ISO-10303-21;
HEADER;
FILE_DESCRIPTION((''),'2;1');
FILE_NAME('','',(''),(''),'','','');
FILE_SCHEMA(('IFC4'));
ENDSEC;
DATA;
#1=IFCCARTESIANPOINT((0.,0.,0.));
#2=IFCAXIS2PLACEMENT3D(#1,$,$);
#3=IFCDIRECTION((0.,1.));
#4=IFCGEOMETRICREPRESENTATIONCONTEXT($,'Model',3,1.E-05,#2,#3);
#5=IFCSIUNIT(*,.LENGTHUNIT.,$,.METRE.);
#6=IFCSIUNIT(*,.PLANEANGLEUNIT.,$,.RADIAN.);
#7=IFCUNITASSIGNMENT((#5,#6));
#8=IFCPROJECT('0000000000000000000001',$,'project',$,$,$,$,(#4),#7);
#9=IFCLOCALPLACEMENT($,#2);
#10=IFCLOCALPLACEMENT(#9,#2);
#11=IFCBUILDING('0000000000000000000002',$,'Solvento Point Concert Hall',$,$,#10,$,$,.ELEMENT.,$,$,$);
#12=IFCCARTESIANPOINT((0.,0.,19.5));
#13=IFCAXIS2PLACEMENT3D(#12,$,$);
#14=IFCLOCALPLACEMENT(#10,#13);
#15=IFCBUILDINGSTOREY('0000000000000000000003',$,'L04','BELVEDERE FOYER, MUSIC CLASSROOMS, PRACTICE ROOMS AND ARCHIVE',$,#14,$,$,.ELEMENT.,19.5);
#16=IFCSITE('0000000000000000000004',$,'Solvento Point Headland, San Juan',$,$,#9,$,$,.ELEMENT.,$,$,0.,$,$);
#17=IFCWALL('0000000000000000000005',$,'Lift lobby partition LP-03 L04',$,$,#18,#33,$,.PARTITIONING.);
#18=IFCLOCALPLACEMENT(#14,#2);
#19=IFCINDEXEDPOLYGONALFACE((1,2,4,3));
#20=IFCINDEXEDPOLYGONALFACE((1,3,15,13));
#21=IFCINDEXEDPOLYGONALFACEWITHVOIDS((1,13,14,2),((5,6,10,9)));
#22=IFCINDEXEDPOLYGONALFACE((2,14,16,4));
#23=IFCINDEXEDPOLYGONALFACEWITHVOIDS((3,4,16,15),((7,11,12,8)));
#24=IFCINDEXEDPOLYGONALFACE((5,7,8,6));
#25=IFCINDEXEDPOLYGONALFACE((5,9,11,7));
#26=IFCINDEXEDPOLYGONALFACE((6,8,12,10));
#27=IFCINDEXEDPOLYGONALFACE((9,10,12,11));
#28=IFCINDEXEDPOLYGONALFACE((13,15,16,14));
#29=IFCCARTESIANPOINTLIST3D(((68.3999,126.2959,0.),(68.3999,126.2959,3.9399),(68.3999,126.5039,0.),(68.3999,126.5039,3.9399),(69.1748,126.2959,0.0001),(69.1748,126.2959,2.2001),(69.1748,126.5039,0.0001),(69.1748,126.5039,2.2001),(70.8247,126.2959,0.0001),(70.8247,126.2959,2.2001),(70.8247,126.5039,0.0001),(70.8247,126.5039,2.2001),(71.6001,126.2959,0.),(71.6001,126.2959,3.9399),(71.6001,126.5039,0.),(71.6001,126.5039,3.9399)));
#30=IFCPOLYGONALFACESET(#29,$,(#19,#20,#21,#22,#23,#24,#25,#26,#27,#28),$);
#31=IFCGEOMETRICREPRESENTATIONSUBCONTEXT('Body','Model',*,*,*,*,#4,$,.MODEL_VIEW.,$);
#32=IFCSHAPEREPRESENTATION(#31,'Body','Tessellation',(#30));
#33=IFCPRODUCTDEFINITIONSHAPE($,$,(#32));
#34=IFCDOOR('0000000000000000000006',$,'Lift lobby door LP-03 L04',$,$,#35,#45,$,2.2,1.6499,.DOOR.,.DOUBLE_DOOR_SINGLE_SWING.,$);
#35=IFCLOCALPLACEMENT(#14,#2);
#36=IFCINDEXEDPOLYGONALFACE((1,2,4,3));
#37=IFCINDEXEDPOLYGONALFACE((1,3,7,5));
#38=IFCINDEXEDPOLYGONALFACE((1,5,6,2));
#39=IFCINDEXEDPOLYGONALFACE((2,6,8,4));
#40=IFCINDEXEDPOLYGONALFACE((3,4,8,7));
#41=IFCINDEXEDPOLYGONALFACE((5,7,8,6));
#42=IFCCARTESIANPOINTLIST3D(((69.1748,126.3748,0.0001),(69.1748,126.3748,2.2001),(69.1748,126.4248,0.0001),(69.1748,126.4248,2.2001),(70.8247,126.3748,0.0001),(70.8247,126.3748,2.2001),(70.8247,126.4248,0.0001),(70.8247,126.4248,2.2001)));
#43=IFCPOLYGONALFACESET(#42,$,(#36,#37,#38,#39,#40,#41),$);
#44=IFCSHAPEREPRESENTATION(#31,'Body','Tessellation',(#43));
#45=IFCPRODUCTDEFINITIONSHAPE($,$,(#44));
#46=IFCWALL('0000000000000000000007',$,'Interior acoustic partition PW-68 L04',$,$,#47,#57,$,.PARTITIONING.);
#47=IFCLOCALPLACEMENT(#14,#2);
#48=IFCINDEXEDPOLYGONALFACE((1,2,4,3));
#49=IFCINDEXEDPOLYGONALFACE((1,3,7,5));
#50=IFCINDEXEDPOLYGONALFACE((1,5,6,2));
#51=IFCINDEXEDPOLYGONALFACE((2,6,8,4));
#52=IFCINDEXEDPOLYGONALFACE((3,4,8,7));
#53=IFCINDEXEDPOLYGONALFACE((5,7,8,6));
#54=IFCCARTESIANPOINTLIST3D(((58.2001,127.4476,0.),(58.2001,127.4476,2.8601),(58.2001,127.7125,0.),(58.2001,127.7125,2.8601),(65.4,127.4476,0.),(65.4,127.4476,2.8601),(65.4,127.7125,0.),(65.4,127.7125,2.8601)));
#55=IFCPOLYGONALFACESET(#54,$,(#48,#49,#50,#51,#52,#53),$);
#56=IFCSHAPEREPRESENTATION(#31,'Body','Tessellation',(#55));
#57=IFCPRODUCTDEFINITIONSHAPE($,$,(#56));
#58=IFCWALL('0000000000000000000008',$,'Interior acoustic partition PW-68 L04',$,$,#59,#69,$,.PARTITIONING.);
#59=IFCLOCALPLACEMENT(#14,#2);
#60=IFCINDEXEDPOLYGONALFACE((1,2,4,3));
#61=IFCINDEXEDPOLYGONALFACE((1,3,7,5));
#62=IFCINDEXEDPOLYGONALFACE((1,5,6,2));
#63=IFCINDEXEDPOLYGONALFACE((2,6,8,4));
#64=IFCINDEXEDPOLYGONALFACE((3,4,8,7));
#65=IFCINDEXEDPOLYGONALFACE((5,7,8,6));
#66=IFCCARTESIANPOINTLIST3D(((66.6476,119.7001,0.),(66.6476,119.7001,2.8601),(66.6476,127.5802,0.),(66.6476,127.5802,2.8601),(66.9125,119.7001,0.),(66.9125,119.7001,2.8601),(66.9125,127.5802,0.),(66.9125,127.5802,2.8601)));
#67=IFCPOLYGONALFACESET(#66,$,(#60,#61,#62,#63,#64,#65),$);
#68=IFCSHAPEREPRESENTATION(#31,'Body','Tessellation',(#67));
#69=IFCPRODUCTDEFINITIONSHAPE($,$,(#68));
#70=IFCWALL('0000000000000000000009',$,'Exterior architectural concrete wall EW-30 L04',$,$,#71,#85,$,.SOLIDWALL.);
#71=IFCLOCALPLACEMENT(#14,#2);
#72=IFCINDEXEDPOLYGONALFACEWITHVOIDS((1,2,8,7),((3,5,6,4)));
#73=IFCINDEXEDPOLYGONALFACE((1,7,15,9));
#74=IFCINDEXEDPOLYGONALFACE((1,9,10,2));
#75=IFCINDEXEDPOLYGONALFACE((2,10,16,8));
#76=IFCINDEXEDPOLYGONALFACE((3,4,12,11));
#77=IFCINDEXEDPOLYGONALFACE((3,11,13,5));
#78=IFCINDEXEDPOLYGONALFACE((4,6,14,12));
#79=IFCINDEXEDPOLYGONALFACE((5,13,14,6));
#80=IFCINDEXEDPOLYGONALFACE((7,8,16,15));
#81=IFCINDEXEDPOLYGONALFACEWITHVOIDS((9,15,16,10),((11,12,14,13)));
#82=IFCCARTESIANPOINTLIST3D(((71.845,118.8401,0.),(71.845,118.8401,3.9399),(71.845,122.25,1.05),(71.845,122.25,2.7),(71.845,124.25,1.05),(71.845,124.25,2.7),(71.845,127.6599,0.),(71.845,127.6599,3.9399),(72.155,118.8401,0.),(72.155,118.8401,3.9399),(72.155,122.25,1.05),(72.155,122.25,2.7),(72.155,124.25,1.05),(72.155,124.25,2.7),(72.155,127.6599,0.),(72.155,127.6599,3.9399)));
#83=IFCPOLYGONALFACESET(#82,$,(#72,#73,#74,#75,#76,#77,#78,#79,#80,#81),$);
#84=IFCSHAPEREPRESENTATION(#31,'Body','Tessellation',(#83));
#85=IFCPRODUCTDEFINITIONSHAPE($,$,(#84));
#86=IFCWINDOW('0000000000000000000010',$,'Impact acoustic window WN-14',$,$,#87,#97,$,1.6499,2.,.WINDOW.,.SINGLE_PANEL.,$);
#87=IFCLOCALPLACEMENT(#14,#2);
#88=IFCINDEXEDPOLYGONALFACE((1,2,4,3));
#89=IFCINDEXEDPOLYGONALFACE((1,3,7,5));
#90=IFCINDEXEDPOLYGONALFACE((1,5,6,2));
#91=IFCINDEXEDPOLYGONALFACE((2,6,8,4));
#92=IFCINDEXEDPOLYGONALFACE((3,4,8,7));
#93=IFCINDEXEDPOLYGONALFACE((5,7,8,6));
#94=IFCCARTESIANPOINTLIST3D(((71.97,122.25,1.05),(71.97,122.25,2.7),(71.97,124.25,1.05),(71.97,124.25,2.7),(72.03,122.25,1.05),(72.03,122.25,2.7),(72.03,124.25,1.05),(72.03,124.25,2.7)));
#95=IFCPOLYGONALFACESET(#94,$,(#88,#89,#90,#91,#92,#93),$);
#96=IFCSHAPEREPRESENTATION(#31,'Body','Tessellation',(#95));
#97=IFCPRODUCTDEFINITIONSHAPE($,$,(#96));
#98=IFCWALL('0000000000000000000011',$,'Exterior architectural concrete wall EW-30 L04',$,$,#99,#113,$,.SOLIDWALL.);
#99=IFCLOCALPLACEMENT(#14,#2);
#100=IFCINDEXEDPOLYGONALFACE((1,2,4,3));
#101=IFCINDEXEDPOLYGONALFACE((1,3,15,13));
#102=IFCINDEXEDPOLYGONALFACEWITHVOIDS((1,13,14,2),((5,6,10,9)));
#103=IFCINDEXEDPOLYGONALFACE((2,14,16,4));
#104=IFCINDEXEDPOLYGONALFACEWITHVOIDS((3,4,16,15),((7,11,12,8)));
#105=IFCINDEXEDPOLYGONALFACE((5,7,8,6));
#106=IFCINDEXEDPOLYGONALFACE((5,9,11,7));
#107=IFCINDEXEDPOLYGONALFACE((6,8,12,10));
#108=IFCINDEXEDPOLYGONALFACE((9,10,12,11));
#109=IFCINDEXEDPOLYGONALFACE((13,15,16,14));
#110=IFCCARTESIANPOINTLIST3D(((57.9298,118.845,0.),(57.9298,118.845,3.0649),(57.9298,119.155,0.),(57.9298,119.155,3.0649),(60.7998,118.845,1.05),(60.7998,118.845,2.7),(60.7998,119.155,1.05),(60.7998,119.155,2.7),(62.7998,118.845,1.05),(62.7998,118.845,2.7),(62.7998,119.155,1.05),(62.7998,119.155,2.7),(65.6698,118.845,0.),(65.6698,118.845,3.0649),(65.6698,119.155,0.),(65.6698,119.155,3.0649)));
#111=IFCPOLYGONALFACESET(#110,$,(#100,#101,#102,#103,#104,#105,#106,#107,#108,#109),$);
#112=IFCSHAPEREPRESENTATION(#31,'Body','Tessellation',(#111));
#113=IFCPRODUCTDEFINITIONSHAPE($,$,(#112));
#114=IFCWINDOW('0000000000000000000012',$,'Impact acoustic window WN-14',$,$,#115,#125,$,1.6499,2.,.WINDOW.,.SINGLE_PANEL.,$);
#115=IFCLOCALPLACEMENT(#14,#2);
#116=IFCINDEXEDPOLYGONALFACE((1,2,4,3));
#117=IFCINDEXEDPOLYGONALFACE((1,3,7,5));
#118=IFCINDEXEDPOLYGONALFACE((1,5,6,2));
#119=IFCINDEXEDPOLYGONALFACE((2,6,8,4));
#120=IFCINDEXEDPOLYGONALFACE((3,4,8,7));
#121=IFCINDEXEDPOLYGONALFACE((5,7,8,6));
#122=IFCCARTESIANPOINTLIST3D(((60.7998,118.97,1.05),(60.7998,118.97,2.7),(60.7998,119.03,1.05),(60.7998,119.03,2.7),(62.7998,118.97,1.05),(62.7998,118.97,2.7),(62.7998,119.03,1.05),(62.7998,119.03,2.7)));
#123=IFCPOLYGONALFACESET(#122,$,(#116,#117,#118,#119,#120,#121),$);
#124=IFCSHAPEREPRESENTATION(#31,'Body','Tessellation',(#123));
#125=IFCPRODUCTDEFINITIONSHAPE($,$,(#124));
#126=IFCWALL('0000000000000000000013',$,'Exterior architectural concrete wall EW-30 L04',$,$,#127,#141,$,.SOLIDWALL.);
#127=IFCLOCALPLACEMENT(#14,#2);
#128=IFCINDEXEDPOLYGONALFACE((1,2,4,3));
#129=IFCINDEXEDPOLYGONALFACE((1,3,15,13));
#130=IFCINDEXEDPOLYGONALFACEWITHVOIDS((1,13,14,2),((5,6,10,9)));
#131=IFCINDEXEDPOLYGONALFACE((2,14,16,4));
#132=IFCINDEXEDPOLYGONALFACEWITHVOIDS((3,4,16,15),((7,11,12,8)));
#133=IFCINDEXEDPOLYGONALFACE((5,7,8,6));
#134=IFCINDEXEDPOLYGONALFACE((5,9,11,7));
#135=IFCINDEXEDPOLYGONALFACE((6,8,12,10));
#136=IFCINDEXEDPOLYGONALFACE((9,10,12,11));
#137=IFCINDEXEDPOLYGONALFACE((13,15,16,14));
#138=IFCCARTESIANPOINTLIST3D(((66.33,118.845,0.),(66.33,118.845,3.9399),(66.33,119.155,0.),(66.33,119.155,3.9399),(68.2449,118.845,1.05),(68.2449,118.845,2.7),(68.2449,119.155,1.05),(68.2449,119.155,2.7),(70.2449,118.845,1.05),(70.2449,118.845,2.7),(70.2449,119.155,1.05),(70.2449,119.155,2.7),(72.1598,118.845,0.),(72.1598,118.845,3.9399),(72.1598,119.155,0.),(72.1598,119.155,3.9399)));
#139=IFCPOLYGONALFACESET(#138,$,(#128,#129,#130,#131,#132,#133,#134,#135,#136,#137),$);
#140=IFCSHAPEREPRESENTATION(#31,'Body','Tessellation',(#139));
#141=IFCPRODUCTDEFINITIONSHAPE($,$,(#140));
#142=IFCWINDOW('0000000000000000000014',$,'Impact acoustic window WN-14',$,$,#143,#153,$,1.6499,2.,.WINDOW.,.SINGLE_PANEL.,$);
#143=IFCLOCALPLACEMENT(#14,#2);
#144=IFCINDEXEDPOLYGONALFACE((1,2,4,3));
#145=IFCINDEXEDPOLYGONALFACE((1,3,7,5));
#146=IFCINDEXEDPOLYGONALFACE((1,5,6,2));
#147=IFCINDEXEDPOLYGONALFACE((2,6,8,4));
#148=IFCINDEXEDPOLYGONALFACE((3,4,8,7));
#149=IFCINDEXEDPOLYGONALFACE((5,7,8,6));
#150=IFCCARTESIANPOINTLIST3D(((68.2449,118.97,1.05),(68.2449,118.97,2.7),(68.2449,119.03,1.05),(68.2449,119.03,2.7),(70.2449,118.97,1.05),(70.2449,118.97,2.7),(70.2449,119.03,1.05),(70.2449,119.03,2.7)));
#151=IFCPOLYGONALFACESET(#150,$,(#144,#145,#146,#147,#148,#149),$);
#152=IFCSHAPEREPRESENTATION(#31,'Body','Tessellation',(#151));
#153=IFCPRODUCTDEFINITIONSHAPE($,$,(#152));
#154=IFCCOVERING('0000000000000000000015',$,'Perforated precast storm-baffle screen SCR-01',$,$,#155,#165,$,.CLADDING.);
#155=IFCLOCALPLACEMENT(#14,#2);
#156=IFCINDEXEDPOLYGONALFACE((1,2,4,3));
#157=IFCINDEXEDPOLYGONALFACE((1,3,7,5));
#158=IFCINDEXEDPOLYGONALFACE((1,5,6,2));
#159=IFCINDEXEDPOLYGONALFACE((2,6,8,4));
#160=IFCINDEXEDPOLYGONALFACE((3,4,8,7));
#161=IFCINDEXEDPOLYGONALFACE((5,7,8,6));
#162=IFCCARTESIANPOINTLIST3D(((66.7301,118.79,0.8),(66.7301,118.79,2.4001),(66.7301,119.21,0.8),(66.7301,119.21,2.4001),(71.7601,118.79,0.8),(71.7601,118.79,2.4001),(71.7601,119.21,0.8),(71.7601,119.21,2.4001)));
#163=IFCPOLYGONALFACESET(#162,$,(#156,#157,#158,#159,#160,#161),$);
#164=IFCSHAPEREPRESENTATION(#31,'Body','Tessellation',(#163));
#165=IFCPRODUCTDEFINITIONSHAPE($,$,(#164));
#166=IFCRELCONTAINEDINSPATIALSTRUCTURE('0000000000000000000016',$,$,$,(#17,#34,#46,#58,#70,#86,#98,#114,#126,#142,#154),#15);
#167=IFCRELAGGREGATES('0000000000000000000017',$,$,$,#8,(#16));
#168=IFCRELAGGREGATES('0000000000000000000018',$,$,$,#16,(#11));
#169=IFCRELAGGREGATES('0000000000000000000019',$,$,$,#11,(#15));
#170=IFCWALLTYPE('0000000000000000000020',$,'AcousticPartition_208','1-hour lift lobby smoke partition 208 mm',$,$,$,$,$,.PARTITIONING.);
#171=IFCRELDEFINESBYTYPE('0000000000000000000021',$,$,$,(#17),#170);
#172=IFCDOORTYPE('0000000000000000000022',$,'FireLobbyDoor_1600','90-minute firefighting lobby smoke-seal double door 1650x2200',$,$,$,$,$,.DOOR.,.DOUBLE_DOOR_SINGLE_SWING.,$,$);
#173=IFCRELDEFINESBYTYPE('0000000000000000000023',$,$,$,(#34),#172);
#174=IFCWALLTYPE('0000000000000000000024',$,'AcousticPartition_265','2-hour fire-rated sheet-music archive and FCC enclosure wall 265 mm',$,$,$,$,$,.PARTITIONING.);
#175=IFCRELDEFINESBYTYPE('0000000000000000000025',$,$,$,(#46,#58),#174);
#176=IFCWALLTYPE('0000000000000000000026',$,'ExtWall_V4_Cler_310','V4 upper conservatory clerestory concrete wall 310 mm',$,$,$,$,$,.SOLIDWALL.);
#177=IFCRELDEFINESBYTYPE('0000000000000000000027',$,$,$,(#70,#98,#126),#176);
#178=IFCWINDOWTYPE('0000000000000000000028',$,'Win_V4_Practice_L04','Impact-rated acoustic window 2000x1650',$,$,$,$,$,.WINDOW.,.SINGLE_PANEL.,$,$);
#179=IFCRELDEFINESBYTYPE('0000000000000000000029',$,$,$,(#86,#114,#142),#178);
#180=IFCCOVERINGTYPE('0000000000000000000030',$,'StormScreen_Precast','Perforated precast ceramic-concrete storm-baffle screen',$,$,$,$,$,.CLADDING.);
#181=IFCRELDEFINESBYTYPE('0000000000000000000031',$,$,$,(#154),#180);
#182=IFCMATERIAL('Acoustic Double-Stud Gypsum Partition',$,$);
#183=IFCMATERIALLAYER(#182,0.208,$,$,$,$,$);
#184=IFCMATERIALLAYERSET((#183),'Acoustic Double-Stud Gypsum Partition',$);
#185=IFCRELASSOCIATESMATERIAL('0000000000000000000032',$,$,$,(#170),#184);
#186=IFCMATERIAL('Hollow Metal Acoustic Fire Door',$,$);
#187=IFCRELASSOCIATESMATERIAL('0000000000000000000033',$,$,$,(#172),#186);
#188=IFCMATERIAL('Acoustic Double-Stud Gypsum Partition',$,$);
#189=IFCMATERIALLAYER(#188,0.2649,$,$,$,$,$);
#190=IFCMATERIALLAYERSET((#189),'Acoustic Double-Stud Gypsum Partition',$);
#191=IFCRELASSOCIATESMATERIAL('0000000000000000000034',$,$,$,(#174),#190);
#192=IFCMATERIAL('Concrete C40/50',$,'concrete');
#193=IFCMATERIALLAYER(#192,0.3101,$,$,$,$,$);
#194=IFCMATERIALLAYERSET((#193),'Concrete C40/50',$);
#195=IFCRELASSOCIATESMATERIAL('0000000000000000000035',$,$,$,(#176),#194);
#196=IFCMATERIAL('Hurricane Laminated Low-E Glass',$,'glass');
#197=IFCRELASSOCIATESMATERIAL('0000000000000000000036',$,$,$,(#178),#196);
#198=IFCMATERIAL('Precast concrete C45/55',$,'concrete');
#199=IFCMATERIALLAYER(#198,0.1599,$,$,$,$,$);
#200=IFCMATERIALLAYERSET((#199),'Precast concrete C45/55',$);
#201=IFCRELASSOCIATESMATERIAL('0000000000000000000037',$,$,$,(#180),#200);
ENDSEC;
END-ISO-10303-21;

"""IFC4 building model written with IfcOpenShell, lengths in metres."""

from ifc_helpers import new_model, si_unit, direction, frame, frame_2d, origin, origin_2d, place, context, subcontext, project, spatial, rectangle, extrude, material, layer, layer_set, type_object, element, fill, save


model = new_model("IFC4")

# Units and contexts
model_context = context("Model", 3, precision=1e-05, world=origin(), true_north=direction((0.0, 1.0)))
body_context = subcontext(model_context, "Body", "Model", "MODEL_VIEW")
ifc_project = project(units=[si_unit("LENGTHUNIT", "METRE"), si_unit("PLANEANGLEUNIT", "RADIAN")], contexts=[model_context])

# Site, building, storey
site_placement = place(None, origin())
site = spatial("IfcSite", under=ifc_project, at=site_placement, Name="Solvento Point Headland, San Juan", CompositionType="ELEMENT", RefElevation=0.0)
building_placement = place(site_placement, origin())
building = spatial("IfcBuilding", under=site, at=building_placement, Name="Solvento Point Concert Hall", CompositionType="ELEMENT")
storey_placement = place(building_placement, frame((0.0, 0.0, 19.5)))
storey = spatial("IfcBuildingStorey", under=building, at=storey_placement, Name="L04", Description="BELVEDERE FOYER, MUSIC CLASSROOMS, PRACTICE ROOMS AND ARCHIVE", CompositionType="ELEMENT", Elevation=19.5)

# Wall, opening, door
ifc_material_1 = material(Name="Acoustic Double-Stud Gypsum Partition")
ifc_layer_1 = layer(ifc_material_1, 0.208)
ifc_layer_set_1 = layer_set([ifc_layer_1], Name="Acoustic Double-Stud Gypsum Partition")
wall_type_1 = type_object("IfcWallType", Name="AcousticPartition_208", Description="1-hour lift lobby smoke partition 208 mm", PredefinedType="PARTITIONING", material=ifc_layer_set_1)
wall_1_placement = place(storey_placement, frame((68.3999, 126.3999, 0.0), z_axis=(0.0, 0.0, 1.0), x_axis=(1.0, 0.0, 0.0)))
wall_1 = element("IfcWall", 1, at=wall_1_placement, inside=storey, type_object=wall_type_1, Name="Lift lobby partition LP-03 L04", PredefinedType="PARTITIONING", context=body_context, shape_type="SweptSolid", body=[
    extrude(rectangle(XDim=3.2002, YDim=0.208, at=frame_2d((1.6001, 0.0))), origin(), (0.0, 0.0, 1.0), 3.9399),
])
opening_1_placement = place(wall_1_placement, frame((0.7749, 0.0, 0.0)))
opening_1 = element("IfcOpeningElement", 2, at=opening_1_placement, cuts=wall_1, PredefinedType="OPENING", context=body_context, shape_type="SweptSolid", body=[
    extrude(rectangle(XDim=1.6499, YDim=2.2, at=frame_2d((0.825, 1.1001))), frame((0.0, 0.114, 0.0), z_axis=(0.0, -1.0, 0.0), x_axis=(1.0, 0.0, 0.0)), (0.0, 0.0, 1.0), 0.228),
])
ifc_material_2 = material(Name="Hollow Metal Acoustic Fire Door")
door_type = type_object("IfcDoorType", Name="FireLobbyDoor_1600", Description="90-minute firefighting lobby smoke-seal double door 1650x2200", OperationType="DOUBLE_DOOR_SINGLE_SWING", PredefinedType="DOOR", material=ifc_material_2)
door_placement = place(opening_1_placement, origin())
door = element("IfcDoor", 3, at=door_placement, inside=storey, type_object=door_type, Name="Lift lobby door LP-03 L04", OperationType="DOUBLE_DOOR_SINGLE_SWING", OverallHeight=2.2, OverallWidth=1.6499, PredefinedType="DOOR", context=body_context, shape_type="SweptSolid", body=[
    extrude(rectangle(XDim=1.6499, YDim=2.2, at=frame_2d((0.825, 1.1001))), frame((0.0, 0.0249, 0.0), z_axis=(0.0, -1.0, 0.0), x_axis=(1.0, 0.0, 0.0)), (0.0, 0.0, 1.0), 0.05),
])
fill(opening_1, door)

# Walls
ifc_material_3 = material(Name="Acoustic Double-Stud Gypsum Partition")
ifc_layer_2 = layer(ifc_material_3, 0.2649)
ifc_layer_set_2 = layer_set([ifc_layer_2], Name="Acoustic Double-Stud Gypsum Partition")
wall_type_2 = type_object("IfcWallType", Name="AcousticPartition_265", Description="2-hour fire-rated sheet-music archive and FCC enclosure wall 265 mm", PredefinedType="PARTITIONING", material=ifc_layer_set_2)
wall_2_placement = place(storey_placement, frame((58.2, 127.5801, 0.0), z_axis=(0.0, 0.0, 1.0), x_axis=(1.0, 0.0, 0.0)))
element("IfcWall", 4, at=wall_2_placement, inside=storey, type_object=wall_type_2, Name="Interior acoustic partition PW-68 L04", PredefinedType="PARTITIONING", context=body_context, shape_type="SweptSolid", body=[
    extrude(rectangle(XDim=7.2, YDim=0.2649, at=frame_2d((3.6001, 0.0))), origin(), (0.0, 0.0, 1.0), 2.8601),
])
wall_3_placement = place(storey_placement, frame((66.78, 127.5801, 0.0), z_axis=(0.0, 0.0, 1.0), x_axis=(0.0, -1.0, 0.0)))
element("IfcWall", 5, at=wall_3_placement, inside=storey, type_object=wall_type_2, Name="Interior acoustic partition PW-68 L04", PredefinedType="PARTITIONING", context=body_context, shape_type="SweptSolid", body=[
    extrude(rectangle(XDim=7.8801, YDim=0.2649, at=frame_2d((3.9399, 0.0))), origin(), (0.0, 0.0, 1.0), 2.8601),
])

# Walls, openings, windows
ifc_material_4 = material(Name="Concrete C40/50", Category="concrete")
ifc_layer_3 = layer(ifc_material_4, 0.3101)
ifc_layer_set_3 = layer_set([ifc_layer_3], Name="Concrete C40/50")
wall_type_3 = type_object("IfcWallType", Name="ExtWall_V4_Cler_310", Description="V4 upper conservatory clerestory concrete wall 310 mm", PredefinedType="SOLIDWALL", material=ifc_layer_set_3)
wall_4_placement = place(storey_placement, frame((72.0, 127.6599, 0.0), z_axis=(0.0, 0.0, 1.0), x_axis=(0.0, -1.0, 0.0)))
wall_4 = element("IfcWall", 6, at=wall_4_placement, inside=storey, type_object=wall_type_3, Name="Exterior architectural concrete wall EW-30 L04", PredefinedType="SOLIDWALL", context=body_context, shape_type="SweptSolid", body=[
    extrude(rectangle(XDim=8.8198, YDim=0.3101, at=frame_2d((4.4099, 0.0))), origin(), (0.0, 0.0, 1.0), 3.9399),
])
opening_2_placement = place(wall_4_placement, frame((3.4099, 0.0, 1.05)))
opening_2 = element("IfcOpeningElement", 7, at=opening_2_placement, cuts=wall_4, PredefinedType="OPENING", context=body_context, shape_type="SweptSolid", body=[
    extrude(rectangle(XDim=2.0, YDim=1.6499, at=frame_2d((1.0, 0.825))), frame((0.0, 0.165, 0.0), z_axis=(0.0, -1.0, 0.0), x_axis=(1.0, 0.0, 0.0)), (0.0, 0.0, 1.0), 0.3301),
])
ifc_material_5 = material(Name="Hurricane Laminated Low-E Glass", Category="glass")
window_type = type_object("IfcWindowType", Name="Win_V4_Practice_L04", Description="Impact-rated acoustic window 2000x1650", PartitioningType="SINGLE_PANEL", PredefinedType="WINDOW", material=ifc_material_5)
window_1_placement = place(opening_2_placement, origin())
window_1 = element("IfcWindow", 8, at=window_1_placement, inside=storey, type_object=window_type, Name="Impact acoustic window WN-14", OverallHeight=1.6499, OverallWidth=2.0, PartitioningType="SINGLE_PANEL", PredefinedType="WINDOW", context=body_context, shape_type="SweptSolid", body=[
    extrude(rectangle(XDim=2.0, YDim=1.6499, at=frame_2d((1.0, 0.825))), frame((0.0, 0.03, 0.0), z_axis=(0.0, -1.0, 0.0), x_axis=(1.0, 0.0, 0.0)), (0.0, 0.0, 1.0), 0.0601),
])
fill(opening_2, window_1)
wall_5_placement = place(storey_placement, frame((65.6699, 119.0, 0.0), z_axis=(0.0, 0.0, 1.0), x_axis=(-1.0, 0.0, 0.0)))
wall_5 = element("IfcWall", 9, at=wall_5_placement, inside=storey, type_object=wall_type_3, Name="Exterior architectural concrete wall EW-30 L04", PredefinedType="SOLIDWALL", context=body_context, shape_type="SweptSolid", body=[
    extrude(rectangle(XDim=7.74, YDim=0.3101, at=frame_2d((3.8701, 0.0))), origin(), (0.0, 0.0, 1.0), 3.0649),
])
opening_3_placement = place(wall_5_placement, frame((2.8701, 0.0, 1.05)))
opening_3 = element("IfcOpeningElement", 10, at=opening_3_placement, cuts=wall_5, PredefinedType="OPENING", context=body_context, shape_type="SweptSolid", body=[
    extrude(rectangle(XDim=2.0, YDim=1.6499, at=frame_2d((1.0, 0.825))), frame((0.0, 0.165, 0.0), z_axis=(0.0, -1.0, 0.0), x_axis=(1.0, 0.0, 0.0)), (0.0, 0.0, 1.0), 0.3301),
])
window_2_placement = place(opening_3_placement, origin())
window_2 = element("IfcWindow", 11, at=window_2_placement, inside=storey, type_object=window_type, Name="Impact acoustic window WN-14", OverallHeight=1.6499, OverallWidth=2.0, PartitioningType="SINGLE_PANEL", PredefinedType="WINDOW", context=body_context, shape_type="SweptSolid", body=[
    extrude(rectangle(XDim=2.0, YDim=1.6499, at=frame_2d((1.0, 0.825))), frame((0.0, 0.03, 0.0), z_axis=(0.0, -1.0, 0.0), x_axis=(1.0, 0.0, 0.0)), (0.0, 0.0, 1.0), 0.0601),
])
fill(opening_3, window_2)
wall_6_placement = place(storey_placement, frame((72.1599, 119.0, 0.0), z_axis=(0.0, 0.0, 1.0), x_axis=(-1.0, 0.0, 0.0)))
wall_6 = element("IfcWall", 12, at=wall_6_placement, inside=storey, type_object=wall_type_3, Name="Exterior architectural concrete wall EW-30 L04", PredefinedType="SOLIDWALL", context=body_context, shape_type="SweptSolid", body=[
    extrude(rectangle(XDim=5.8298, YDim=0.3101, at=frame_2d((2.915, 0.0))), origin(), (0.0, 0.0, 1.0), 3.9399),
])
opening_4_placement = place(wall_6_placement, frame((1.915, 0.0, 1.05)))
opening_4 = element("IfcOpeningElement", 13, at=opening_4_placement, cuts=wall_6, PredefinedType="OPENING", context=body_context, shape_type="SweptSolid", body=[
    extrude(rectangle(XDim=2.0, YDim=1.6499, at=frame_2d((1.0, 0.825))), frame((0.0, 0.165, 0.0), z_axis=(0.0, -1.0, 0.0), x_axis=(1.0, 0.0, 0.0)), (0.0, 0.0, 1.0), 0.3301),
])
window_3_placement = place(opening_4_placement, origin())
window_3 = element("IfcWindow", 14, at=window_3_placement, inside=storey, type_object=window_type, Name="Impact acoustic window WN-14", OverallHeight=1.6499, OverallWidth=2.0, PartitioningType="SINGLE_PANEL", PredefinedType="WINDOW", context=body_context, shape_type="SweptSolid", body=[
    extrude(rectangle(XDim=2.0, YDim=1.6499, at=frame_2d((1.0, 0.825))), frame((0.0, 0.03, 0.0), z_axis=(0.0, -1.0, 0.0), x_axis=(1.0, 0.0, 0.0)), (0.0, 0.0, 1.0), 0.0601),
])
fill(opening_4, window_3)

# Covering
ifc_material_6 = material(Name="Precast concrete C45/55", Category="concrete")
ifc_layer_4 = layer(ifc_material_6, 0.1599)
ifc_layer_set_4 = layer_set([ifc_layer_4], Name="Precast concrete C45/55")
covering_type = type_object("IfcCoveringType", Name="StormScreen_Precast", Description="Perforated precast ceramic-concrete storm-baffle screen", PredefinedType="CLADDING", material=ifc_layer_set_4)
covering_placement = place(storey_placement, frame((69.2451, 119.0, 0.8), z_axis=(0.0, 0.0, 1.0), x_axis=(-1.0, 0.0, 0.0)))
element("IfcCovering", 15, at=covering_placement, inside=storey, type_object=covering_type, Name="Perforated precast storm-baffle screen SCR-01", PredefinedType="CLADDING", context=body_context, shape_type="SweptSolid", body=[
    extrude(rectangle(XDim=5.03, YDim=0.4199, at=origin_2d()), origin(), (0.0, 0.0, 1.0), 1.6001),
])

save(model, "model.ifc")
